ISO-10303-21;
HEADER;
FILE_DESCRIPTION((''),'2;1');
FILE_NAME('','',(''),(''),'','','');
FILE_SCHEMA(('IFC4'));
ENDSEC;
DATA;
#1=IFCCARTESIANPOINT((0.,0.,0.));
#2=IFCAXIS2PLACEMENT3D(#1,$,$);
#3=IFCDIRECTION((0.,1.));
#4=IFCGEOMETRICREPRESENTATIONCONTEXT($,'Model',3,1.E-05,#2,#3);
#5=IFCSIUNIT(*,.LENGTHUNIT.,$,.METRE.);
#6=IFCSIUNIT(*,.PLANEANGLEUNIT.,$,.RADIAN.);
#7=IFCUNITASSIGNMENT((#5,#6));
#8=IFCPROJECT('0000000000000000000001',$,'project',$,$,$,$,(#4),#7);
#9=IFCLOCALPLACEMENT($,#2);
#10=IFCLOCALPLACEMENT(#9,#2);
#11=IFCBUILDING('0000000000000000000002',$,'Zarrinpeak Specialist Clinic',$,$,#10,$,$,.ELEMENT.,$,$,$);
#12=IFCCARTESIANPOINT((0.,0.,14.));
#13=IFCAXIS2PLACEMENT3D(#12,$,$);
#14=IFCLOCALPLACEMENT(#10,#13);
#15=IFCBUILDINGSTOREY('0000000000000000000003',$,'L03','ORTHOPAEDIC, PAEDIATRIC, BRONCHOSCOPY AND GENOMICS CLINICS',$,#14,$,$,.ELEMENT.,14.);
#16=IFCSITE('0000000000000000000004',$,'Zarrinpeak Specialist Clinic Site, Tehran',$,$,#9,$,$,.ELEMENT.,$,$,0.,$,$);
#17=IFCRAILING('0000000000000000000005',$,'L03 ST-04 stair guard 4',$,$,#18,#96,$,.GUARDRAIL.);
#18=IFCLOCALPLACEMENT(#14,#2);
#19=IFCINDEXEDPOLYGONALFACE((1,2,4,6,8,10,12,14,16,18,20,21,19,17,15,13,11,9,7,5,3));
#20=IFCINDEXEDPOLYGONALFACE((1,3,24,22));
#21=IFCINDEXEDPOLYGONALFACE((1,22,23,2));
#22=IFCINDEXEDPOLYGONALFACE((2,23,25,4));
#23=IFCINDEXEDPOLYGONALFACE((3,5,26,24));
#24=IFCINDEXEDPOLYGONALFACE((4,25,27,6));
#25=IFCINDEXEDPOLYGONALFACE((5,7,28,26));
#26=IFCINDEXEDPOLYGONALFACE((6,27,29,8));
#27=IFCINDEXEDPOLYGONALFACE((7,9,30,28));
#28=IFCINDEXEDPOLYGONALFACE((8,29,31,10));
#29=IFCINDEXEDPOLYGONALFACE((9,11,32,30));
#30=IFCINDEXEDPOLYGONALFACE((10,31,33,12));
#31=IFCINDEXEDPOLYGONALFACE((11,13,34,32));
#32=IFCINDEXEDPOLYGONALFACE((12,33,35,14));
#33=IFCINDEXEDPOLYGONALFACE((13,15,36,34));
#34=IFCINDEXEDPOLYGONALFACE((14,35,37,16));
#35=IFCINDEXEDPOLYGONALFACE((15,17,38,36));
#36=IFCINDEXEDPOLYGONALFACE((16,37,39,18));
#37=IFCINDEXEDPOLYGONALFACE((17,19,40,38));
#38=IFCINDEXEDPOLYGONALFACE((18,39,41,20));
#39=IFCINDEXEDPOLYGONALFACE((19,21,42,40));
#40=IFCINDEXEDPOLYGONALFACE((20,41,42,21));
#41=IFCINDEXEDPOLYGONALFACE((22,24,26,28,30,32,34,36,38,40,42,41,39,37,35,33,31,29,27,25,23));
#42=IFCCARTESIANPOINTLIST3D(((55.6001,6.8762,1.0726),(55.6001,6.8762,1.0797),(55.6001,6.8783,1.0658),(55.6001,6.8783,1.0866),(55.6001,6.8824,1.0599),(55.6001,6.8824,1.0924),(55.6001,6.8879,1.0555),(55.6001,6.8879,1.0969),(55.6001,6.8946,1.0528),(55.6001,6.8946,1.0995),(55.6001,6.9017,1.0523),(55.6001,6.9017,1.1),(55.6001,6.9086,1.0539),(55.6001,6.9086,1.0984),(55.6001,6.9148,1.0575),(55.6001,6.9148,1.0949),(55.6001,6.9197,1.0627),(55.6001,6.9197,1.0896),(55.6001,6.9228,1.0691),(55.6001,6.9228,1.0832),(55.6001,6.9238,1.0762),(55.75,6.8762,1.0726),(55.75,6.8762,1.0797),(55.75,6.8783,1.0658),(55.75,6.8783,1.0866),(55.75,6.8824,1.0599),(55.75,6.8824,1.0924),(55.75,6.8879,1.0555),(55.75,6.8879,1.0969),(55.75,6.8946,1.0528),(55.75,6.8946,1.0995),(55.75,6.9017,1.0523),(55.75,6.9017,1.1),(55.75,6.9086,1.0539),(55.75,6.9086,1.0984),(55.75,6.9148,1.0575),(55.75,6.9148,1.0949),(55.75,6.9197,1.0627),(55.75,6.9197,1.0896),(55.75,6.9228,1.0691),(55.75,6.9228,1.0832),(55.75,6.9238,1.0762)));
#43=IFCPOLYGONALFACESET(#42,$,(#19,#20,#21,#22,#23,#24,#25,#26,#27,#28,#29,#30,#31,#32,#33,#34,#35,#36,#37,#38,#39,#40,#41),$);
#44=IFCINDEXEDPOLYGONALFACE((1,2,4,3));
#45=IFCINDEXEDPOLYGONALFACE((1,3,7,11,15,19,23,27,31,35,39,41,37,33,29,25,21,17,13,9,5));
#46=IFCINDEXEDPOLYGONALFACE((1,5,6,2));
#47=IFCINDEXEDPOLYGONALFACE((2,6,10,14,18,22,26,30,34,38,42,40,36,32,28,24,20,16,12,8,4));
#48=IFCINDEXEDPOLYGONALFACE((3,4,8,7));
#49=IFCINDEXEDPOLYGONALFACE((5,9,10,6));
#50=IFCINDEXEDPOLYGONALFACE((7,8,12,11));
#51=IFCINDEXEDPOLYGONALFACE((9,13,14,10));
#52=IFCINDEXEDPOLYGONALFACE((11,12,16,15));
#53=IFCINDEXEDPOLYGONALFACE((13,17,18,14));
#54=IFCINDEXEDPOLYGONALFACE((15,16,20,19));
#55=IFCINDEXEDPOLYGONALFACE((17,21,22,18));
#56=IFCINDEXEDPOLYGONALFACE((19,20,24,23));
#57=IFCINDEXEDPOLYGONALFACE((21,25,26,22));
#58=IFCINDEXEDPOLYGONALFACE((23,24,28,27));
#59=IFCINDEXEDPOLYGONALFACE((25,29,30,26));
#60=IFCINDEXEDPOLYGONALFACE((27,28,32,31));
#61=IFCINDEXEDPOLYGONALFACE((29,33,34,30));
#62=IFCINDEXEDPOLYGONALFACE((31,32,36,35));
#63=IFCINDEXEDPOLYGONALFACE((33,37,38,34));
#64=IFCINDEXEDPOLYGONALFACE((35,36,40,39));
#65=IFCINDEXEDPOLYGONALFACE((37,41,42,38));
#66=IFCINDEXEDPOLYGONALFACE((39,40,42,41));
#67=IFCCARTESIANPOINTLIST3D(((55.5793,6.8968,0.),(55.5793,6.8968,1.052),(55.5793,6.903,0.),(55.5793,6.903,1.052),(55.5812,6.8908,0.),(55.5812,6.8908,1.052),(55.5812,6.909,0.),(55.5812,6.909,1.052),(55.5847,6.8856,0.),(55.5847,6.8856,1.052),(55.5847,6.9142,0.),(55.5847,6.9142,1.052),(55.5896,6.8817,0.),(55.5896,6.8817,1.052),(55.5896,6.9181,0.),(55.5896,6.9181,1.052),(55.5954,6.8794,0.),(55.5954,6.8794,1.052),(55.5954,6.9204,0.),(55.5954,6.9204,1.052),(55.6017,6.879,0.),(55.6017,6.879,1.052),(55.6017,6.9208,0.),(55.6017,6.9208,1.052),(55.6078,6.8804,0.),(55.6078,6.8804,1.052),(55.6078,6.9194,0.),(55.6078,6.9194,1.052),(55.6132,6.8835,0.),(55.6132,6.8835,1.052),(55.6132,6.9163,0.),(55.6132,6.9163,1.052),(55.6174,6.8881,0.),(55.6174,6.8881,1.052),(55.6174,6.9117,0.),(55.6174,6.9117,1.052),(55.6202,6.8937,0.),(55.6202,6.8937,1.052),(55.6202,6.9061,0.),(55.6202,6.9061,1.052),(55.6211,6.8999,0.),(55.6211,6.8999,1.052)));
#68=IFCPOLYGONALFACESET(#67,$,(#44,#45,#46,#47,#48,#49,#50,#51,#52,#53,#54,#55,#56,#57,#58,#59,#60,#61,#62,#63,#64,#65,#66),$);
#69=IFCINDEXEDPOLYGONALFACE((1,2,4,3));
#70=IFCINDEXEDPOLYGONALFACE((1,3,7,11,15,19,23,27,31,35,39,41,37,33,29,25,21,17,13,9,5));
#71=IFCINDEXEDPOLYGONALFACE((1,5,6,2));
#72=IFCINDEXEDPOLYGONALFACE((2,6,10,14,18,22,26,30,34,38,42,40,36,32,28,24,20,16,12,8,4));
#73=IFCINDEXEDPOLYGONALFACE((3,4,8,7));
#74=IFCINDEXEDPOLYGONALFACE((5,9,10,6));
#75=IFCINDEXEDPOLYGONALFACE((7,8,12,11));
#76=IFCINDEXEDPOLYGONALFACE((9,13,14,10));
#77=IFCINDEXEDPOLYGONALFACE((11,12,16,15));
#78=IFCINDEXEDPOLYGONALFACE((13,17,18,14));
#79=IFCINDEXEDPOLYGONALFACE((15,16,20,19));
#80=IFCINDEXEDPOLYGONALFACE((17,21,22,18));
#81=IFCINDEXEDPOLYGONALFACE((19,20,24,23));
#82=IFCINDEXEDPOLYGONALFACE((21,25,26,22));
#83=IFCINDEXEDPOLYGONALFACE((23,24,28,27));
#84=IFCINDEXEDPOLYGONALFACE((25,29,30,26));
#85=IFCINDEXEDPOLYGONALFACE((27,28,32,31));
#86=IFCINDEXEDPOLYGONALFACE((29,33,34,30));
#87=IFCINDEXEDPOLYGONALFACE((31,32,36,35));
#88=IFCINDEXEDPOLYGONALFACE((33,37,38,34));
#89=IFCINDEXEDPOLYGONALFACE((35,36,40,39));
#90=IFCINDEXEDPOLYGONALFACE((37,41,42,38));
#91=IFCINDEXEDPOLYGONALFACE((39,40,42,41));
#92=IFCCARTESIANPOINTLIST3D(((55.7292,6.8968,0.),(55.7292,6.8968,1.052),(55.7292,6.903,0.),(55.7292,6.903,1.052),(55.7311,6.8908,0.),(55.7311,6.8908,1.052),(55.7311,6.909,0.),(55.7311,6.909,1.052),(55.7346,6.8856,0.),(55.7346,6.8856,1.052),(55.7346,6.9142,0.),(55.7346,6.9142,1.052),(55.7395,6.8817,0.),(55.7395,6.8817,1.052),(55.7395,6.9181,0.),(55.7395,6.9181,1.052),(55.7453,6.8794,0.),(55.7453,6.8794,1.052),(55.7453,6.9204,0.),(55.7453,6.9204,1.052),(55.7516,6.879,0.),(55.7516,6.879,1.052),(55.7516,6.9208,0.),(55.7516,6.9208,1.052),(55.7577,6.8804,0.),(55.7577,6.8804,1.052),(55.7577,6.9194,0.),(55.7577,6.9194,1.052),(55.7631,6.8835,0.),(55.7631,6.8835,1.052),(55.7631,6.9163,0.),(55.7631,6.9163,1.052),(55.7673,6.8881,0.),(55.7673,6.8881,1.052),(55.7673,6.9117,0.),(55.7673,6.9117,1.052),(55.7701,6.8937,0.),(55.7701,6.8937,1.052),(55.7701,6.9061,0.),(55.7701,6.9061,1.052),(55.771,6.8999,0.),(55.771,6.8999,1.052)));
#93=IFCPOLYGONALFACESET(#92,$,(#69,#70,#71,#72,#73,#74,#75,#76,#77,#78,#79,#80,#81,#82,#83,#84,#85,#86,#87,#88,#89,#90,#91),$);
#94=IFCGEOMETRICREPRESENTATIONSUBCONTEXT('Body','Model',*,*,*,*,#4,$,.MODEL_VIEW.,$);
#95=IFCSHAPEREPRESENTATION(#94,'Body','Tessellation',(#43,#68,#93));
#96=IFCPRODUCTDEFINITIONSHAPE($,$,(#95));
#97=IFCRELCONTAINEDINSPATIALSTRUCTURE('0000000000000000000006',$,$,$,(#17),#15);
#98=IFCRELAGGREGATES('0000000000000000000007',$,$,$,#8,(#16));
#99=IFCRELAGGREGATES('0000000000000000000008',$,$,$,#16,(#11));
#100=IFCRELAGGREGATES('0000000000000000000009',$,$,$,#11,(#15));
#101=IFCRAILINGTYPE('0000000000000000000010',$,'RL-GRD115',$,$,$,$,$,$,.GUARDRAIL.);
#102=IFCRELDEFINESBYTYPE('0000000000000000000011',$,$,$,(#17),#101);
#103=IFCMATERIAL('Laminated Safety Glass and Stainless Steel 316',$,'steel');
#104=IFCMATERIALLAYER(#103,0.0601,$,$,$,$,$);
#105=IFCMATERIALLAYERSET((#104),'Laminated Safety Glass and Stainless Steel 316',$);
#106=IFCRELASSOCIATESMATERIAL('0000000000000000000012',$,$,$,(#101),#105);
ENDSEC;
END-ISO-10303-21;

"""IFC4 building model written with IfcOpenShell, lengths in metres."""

from ifc_helpers import new_model, si_unit, direction, frame, origin, origin_2d, place, context, subcontext, project, spatial, circle, extrude, material, layer, layer_set, type_object, element, save


model = new_model("IFC4")

# Units and contexts
model_context = context("Model", 3, precision=1e-05, world=origin(), true_north=direction((0.0, 1.0)))
body_context = subcontext(model_context, "Body", "Model", "MODEL_VIEW")
ifc_project = project(units=[si_unit("LENGTHUNIT", "METRE"), si_unit("PLANEANGLEUNIT", "RADIAN")], contexts=[model_context])

# Site, building, storey
site_placement = place(None, origin())
site = spatial("IfcSite", under=ifc_project, at=site_placement, Name="Zarrinpeak Specialist Clinic Site, Tehran", CompositionType="ELEMENT", RefElevation=0.0)
building_placement = place(site_placement, origin())
building = spatial("IfcBuilding", under=site, at=building_placement, Name="Zarrinpeak Specialist Clinic", CompositionType="ELEMENT")
storey_placement = place(building_placement, frame((0.0, 0.0, 14.0)))
storey = spatial("IfcBuildingStorey", under=building, at=storey_placement, Name="L03", Description="ORTHOPAEDIC, PAEDIATRIC, BRONCHOSCOPY AND GENOMICS CLINICS", CompositionType="ELEMENT", Elevation=14.0)

# Railing
ifc_material_1 = material(Name="Laminated Safety Glass and Stainless Steel 316", Category="steel")
ifc_layer_1 = layer(ifc_material_1, 0.0601)
ifc_layer_set_1 = layer_set([ifc_layer_1], Name="Laminated Safety Glass and Stainless Steel 316")
railing_type_1 = type_object("IfcRailingType", Name="RL-GRD115", PredefinedType="GUARDRAIL", material=ifc_layer_set_1)
railing_1_placement = place(storey_placement, frame((55.6001, 6.8999, 0.0)))
element("IfcRailing", 1, at=railing_1_placement, inside=storey, type_object=railing_type_1, Name="L03 ST-04 stair guard 4", PredefinedType="GUARDRAIL", context=body_context, shape_type="SweptSolid", body=[
    extrude(circle(Radius=0.0239, at=origin_2d()), frame((0.0, 0.0, 1.0762), z_axis=(1.0, 0.0, 0.0), x_axis=(0.0, 1.0, 0.0)), (0.0, 0.0, 1.0), 0.1499),
    extrude(circle(Radius=0.021, at=origin_2d()), origin(), (0.0, 0.0, 1.0), 1.052),
    extrude(circle(Radius=0.021, at=origin_2d()), frame((0.1499, 0.0, 0.0)), (0.0, 0.0, 1.0), 1.052),
])

save(model, "model.ifc")
